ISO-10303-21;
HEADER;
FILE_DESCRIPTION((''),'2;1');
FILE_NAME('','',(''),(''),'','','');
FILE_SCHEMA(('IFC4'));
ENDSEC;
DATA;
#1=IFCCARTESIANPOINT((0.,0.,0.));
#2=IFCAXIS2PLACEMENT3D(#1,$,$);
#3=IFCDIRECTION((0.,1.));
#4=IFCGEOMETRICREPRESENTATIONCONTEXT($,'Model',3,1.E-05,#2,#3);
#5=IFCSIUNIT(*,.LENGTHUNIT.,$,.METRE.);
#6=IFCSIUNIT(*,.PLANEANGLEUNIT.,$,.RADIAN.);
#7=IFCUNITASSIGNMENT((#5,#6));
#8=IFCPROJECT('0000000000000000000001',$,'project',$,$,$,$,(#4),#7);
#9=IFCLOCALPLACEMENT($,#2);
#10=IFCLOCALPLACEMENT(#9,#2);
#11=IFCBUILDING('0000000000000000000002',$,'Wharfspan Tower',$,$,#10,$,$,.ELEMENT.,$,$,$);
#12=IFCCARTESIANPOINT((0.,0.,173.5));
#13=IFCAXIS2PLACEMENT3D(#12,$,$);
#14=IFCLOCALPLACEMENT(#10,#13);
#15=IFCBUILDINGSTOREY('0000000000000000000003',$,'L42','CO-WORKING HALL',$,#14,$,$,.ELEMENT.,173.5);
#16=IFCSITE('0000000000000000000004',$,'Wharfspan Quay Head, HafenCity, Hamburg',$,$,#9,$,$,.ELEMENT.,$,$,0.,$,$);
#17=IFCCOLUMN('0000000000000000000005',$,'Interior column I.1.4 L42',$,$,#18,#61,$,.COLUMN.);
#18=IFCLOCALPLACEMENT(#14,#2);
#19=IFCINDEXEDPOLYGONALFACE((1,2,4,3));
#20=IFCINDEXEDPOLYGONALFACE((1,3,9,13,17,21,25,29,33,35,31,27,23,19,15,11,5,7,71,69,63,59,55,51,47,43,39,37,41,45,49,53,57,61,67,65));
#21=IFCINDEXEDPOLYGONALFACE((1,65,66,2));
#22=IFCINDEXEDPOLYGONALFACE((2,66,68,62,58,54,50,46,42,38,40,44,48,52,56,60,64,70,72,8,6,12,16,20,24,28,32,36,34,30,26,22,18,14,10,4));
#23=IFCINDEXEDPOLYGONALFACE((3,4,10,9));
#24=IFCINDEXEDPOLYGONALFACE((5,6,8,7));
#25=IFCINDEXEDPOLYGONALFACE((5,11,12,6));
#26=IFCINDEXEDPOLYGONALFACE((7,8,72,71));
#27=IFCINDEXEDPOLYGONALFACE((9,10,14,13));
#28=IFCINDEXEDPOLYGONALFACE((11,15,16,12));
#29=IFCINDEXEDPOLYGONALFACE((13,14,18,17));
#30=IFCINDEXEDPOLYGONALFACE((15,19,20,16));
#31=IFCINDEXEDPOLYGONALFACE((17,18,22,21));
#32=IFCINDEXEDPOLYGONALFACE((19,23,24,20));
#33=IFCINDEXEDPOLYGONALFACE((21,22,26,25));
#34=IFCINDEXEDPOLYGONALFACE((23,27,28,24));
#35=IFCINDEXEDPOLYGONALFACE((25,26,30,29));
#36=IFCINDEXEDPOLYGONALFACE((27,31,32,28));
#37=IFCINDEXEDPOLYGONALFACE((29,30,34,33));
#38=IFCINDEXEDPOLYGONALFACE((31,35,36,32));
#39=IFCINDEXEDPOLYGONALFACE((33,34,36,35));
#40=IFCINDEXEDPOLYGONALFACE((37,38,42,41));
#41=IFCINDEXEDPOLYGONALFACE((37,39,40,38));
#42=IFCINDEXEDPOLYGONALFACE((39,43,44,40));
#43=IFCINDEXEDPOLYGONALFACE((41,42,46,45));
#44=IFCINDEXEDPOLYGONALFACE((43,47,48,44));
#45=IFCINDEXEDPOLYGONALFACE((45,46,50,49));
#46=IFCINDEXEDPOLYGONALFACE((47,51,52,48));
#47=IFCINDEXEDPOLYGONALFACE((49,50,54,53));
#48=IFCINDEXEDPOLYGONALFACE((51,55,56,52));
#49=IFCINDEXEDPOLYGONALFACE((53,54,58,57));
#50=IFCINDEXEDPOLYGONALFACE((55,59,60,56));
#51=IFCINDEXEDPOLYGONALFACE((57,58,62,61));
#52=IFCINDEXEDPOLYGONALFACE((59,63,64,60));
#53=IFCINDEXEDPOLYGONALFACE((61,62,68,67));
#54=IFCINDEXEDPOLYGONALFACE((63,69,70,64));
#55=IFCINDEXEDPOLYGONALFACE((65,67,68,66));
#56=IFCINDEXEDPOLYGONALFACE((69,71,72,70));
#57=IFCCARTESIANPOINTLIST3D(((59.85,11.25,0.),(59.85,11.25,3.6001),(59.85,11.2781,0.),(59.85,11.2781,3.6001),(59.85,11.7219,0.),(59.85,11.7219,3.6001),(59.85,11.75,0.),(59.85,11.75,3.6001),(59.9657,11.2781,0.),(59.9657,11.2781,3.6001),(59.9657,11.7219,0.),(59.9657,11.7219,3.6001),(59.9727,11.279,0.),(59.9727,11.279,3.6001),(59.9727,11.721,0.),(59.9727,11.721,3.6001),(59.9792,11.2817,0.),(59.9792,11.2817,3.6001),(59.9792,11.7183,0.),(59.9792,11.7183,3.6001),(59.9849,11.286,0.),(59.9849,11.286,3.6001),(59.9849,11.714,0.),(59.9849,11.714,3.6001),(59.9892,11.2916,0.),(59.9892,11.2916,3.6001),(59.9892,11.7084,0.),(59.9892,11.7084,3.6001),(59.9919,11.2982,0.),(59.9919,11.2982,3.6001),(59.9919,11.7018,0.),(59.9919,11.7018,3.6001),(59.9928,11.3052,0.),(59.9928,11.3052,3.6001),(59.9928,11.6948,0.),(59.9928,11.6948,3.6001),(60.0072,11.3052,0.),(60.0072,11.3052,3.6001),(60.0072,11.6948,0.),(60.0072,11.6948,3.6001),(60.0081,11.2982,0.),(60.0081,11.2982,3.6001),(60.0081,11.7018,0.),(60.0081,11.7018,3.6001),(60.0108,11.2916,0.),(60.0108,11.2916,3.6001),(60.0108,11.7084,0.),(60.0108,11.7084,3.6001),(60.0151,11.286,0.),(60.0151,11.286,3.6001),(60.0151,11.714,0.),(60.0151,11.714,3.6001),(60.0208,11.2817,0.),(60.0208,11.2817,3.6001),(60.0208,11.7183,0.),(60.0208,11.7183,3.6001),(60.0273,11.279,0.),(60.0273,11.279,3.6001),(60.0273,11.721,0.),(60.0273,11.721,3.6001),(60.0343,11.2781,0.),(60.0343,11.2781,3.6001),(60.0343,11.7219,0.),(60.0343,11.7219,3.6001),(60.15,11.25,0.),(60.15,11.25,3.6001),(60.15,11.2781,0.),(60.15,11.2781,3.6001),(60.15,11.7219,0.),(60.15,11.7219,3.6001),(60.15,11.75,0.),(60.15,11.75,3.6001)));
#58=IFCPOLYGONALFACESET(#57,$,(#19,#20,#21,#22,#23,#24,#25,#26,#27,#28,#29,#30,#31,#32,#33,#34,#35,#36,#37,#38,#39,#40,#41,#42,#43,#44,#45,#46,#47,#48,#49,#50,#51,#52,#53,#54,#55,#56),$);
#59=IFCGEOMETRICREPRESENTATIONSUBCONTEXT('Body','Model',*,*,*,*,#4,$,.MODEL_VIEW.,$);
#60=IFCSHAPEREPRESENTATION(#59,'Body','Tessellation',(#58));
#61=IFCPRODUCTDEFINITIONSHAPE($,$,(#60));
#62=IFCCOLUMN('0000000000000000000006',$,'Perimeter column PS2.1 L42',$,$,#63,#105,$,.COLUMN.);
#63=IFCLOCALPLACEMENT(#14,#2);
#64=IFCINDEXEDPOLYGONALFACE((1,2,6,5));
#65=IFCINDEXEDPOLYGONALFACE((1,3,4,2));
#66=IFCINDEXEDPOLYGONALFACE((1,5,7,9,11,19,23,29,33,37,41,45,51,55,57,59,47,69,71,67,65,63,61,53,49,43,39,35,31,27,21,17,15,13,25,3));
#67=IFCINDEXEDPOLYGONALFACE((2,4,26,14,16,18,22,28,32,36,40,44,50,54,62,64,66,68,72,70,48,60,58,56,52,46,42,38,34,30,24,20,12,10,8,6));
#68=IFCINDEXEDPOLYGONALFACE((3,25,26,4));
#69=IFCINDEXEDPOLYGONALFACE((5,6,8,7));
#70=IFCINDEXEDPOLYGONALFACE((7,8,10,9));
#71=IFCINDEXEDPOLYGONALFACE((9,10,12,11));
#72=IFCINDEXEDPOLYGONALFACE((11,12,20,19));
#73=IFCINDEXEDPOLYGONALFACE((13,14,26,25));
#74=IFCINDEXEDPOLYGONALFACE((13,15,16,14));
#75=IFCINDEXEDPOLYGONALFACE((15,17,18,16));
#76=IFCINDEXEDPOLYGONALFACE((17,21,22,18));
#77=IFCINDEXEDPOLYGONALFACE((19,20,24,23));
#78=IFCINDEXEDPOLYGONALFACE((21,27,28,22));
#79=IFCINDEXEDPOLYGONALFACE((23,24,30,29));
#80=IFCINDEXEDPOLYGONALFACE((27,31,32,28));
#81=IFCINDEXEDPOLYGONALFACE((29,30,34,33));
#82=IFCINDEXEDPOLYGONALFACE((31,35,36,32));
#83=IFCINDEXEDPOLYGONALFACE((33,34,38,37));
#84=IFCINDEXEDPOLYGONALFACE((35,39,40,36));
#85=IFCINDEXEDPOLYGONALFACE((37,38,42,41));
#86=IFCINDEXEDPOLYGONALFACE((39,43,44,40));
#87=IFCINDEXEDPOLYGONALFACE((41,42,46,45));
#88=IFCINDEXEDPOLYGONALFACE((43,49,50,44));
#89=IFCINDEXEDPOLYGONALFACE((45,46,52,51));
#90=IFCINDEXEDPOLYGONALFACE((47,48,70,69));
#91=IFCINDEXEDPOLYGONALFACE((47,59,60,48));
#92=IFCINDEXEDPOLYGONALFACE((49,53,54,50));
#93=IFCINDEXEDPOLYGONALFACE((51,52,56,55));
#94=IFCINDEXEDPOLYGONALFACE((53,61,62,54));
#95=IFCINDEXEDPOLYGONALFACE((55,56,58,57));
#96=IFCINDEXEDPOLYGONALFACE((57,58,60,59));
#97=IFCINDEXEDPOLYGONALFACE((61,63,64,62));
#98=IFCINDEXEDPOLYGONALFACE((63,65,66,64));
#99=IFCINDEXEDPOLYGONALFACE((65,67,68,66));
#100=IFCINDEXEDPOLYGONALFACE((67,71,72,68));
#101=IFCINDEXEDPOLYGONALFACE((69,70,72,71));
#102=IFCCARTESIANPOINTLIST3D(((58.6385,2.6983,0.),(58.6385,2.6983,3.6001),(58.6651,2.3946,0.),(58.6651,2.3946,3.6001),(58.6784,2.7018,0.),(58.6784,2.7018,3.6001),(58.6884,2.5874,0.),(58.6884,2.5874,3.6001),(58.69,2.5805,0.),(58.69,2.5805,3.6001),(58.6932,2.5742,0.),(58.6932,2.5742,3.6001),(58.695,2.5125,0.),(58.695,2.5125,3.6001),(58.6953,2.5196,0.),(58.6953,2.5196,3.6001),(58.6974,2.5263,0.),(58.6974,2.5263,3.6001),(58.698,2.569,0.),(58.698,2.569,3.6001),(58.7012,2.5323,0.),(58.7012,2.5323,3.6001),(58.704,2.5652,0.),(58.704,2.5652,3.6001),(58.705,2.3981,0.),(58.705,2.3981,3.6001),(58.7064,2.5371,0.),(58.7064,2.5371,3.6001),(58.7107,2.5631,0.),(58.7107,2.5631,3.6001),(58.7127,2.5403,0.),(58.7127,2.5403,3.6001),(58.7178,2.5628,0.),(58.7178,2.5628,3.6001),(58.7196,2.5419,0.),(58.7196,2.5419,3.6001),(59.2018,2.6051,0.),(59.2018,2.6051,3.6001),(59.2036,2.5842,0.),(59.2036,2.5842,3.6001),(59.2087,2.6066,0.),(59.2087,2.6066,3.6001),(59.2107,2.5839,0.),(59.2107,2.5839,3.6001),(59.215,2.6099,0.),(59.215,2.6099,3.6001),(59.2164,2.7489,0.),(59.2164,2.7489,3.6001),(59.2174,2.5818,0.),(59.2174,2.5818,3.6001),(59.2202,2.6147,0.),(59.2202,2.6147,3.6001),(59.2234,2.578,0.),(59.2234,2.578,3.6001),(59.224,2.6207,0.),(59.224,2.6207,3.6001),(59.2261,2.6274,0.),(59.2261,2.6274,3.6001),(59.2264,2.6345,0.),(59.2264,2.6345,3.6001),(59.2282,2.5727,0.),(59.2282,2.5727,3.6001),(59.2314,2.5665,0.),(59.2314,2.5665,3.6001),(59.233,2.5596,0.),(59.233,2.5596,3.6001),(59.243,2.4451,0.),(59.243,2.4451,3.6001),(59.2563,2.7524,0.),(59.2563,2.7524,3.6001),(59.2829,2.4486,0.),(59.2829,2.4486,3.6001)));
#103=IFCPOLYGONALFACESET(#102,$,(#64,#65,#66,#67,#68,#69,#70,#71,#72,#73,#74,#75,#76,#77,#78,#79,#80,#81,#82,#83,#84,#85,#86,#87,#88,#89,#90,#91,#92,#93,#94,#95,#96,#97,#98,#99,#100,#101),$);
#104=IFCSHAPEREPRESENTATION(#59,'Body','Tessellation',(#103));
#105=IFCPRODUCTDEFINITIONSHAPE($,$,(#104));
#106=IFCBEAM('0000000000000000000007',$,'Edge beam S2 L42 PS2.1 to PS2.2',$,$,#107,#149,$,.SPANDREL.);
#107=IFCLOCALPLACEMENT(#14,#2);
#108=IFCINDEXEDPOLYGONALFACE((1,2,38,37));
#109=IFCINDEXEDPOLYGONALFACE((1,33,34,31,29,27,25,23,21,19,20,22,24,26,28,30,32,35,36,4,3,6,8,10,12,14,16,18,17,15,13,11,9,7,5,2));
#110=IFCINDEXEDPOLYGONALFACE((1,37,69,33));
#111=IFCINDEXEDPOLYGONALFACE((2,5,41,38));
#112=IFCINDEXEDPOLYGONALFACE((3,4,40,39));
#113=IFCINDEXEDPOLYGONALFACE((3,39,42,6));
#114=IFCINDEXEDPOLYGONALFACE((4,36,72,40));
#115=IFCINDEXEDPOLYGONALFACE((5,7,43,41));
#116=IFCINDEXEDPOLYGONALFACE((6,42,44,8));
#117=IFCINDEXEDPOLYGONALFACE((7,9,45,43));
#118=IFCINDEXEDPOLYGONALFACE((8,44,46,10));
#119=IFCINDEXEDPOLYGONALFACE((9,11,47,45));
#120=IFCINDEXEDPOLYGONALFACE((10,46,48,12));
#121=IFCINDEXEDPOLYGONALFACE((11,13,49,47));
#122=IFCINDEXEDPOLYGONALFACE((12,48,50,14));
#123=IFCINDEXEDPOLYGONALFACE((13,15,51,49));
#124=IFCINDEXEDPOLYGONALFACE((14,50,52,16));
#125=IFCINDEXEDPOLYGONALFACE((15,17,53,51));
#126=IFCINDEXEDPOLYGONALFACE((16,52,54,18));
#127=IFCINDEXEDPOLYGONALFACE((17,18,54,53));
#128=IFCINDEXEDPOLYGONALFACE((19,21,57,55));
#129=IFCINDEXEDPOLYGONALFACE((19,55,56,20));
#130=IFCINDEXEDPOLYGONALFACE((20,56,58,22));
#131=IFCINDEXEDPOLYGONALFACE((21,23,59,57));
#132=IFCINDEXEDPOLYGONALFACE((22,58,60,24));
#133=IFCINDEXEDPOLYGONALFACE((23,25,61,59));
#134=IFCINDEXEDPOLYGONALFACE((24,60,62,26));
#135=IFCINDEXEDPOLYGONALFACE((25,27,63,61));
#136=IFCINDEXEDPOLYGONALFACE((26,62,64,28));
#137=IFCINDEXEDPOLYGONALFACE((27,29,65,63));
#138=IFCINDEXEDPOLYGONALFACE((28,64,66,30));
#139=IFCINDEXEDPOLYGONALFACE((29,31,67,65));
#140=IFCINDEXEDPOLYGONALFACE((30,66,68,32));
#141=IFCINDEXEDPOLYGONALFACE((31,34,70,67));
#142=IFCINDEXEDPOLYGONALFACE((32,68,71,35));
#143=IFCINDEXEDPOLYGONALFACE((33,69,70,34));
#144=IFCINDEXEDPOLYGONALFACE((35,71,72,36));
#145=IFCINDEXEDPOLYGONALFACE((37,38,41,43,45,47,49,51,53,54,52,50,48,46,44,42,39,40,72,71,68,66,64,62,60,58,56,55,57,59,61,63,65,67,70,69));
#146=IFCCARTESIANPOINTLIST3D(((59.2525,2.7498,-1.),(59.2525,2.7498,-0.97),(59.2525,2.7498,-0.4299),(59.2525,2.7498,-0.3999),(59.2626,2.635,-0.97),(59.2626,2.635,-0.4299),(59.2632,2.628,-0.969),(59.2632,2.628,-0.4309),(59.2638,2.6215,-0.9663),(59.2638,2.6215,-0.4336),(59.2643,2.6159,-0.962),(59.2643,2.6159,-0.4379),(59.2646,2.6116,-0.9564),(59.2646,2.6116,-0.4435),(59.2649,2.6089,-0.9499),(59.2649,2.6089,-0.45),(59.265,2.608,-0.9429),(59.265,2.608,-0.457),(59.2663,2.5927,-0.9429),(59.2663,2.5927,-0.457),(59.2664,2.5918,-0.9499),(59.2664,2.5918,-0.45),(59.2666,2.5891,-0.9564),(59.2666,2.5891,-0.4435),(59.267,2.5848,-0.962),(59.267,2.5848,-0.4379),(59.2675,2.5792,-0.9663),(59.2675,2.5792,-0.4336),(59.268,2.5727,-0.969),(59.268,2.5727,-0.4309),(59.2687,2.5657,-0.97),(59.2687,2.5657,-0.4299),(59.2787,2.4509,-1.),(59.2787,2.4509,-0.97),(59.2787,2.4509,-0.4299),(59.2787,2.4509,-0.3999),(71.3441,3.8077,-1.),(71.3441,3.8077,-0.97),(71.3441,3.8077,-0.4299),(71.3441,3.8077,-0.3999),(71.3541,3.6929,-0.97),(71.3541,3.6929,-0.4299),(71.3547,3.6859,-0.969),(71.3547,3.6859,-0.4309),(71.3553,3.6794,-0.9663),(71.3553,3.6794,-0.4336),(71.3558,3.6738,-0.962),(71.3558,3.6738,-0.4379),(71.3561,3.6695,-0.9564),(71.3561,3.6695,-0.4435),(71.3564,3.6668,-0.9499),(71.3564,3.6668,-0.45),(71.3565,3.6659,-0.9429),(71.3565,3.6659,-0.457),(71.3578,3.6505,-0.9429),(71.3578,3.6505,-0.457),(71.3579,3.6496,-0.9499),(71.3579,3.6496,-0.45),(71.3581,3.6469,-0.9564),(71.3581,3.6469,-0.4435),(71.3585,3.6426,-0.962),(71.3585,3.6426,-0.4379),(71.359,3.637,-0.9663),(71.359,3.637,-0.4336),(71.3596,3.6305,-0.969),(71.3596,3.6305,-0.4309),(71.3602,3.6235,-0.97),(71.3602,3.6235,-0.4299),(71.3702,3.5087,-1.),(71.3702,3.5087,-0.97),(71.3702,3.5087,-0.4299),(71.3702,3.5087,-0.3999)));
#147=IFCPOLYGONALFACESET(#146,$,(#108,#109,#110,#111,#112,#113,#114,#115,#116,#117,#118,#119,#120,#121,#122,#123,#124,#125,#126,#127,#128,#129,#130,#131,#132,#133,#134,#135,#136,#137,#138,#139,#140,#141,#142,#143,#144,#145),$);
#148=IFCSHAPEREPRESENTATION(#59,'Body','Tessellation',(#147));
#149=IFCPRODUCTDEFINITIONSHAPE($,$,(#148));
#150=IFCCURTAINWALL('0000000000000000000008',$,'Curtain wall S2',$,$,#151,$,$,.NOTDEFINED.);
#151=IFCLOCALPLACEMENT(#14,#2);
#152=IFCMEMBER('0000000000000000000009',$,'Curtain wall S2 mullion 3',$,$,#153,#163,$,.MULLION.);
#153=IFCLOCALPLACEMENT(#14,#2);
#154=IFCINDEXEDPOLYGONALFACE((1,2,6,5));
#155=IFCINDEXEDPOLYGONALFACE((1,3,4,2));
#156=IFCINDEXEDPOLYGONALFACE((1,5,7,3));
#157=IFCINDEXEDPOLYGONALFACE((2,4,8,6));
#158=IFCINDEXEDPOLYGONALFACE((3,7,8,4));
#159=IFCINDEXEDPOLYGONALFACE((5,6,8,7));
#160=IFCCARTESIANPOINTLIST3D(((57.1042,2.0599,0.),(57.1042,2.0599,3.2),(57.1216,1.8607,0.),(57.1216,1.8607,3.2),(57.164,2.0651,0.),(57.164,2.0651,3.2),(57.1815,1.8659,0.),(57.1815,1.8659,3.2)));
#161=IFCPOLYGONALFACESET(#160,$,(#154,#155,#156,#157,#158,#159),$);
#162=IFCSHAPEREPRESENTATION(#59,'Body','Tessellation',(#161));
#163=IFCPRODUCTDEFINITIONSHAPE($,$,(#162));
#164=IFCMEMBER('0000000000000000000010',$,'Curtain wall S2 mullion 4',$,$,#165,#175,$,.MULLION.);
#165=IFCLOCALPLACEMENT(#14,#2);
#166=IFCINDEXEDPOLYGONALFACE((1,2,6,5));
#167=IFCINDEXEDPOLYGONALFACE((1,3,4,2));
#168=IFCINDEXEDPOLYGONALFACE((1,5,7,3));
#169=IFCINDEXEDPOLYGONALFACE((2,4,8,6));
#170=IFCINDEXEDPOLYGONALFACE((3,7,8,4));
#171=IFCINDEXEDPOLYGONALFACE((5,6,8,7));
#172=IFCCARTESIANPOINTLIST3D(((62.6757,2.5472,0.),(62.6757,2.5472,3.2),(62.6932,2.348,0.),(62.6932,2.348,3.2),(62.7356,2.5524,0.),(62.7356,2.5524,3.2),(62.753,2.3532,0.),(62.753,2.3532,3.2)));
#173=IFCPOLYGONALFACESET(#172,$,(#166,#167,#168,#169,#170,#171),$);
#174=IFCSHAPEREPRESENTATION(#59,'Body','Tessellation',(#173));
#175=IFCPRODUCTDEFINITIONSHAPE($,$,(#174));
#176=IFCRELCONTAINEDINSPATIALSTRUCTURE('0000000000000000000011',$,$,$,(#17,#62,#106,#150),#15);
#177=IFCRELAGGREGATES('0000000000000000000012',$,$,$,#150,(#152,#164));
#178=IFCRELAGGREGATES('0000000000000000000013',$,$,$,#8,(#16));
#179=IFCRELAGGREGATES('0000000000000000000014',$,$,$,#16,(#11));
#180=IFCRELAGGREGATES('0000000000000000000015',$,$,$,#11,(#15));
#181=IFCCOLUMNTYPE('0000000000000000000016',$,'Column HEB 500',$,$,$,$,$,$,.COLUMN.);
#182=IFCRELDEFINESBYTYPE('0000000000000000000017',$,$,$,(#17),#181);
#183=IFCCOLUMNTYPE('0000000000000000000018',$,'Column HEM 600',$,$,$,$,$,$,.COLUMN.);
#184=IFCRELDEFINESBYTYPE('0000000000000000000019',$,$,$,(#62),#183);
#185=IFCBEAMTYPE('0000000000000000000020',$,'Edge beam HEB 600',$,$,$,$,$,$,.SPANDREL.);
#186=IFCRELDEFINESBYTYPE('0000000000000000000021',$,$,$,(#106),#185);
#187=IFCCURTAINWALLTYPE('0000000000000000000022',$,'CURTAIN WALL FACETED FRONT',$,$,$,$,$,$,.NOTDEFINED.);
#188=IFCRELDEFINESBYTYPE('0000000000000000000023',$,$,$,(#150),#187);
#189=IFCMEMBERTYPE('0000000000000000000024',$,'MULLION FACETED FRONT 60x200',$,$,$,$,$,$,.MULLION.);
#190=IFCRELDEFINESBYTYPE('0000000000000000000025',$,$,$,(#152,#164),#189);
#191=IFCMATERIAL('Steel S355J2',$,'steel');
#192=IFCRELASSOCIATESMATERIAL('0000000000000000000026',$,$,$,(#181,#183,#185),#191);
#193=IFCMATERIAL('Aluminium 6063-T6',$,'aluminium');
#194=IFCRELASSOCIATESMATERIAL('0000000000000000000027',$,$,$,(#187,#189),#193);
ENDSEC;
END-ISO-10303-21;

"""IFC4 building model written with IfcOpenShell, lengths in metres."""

from ifc_helpers import new_model, si_unit, direction, frame, origin, origin_2d, place, context, subcontext, project, spatial, rectangle, i_section, extrude, material, material_profile, profile_set, type_object, element, aggregate, save


model = new_model("IFC4")

# Units and contexts
model_context = context("Model", 3, precision=1e-05, world=origin(), true_north=direction((0.0, 1.0)))
body_context = subcontext(model_context, "Body", "Model", "MODEL_VIEW")
ifc_project = project(units=[si_unit("LENGTHUNIT", "METRE"), si_unit("PLANEANGLEUNIT", "RADIAN")], contexts=[model_context])

# Site, building, storey
site_placement = place(None, origin())
site = spatial("IfcSite", under=ifc_project, at=site_placement, Name="Wharfspan Quay Head, HafenCity, Hamburg", CompositionType="ELEMENT", RefElevation=0.0)
building_placement = place(site_placement, origin())
building = spatial("IfcBuilding", under=site, at=building_placement, Name="Wharfspan Tower", CompositionType="ELEMENT")
storey_placement = place(building_placement, frame((0.0, 0.0, 173.5)))
storey = spatial("IfcBuildingStorey", under=building, at=storey_placement, Name="L42", Description="CO-WORKING HALL", CompositionType="ELEMENT", Elevation=173.5)

# Columns
ifc_material_1 = material(Name="Steel S355J2", Category="steel")
ifc_material_profile_1 = material_profile(ifc_material_1, i_section(OverallWidth=0.3, OverallDepth=0.5, WebThickness=0.0144, FlangeThickness=0.0281, FilletRadius=0.0271, at=origin_2d()))
ifc_profile_set_1 = profile_set([ifc_material_profile_1], Name="Steel S355J2")
column_type_1 = type_object("IfcColumnType", Name="Column HEB 500", PredefinedType="COLUMN", material=ifc_profile_set_1)
column_1_placement = place(storey_placement, frame((60.0, 11.5, 0.0), z_axis=(0.0, 0.0, 1.0), x_axis=(1.0, 0.0, 0.0)))
element("IfcColumn", 1, at=column_1_placement, inside=storey, type_object=column_type_1, Name="Interior column I.1.4 L42", PredefinedType="COLUMN", context=body_context, shape_type="SweptSolid", body=[
    extrude(i_section(OverallWidth=0.3, OverallDepth=0.5, WebThickness=0.0144, FlangeThickness=0.0281, FilletRadius=0.0271, at=origin_2d()), origin(), (0.0, 0.0, 1.0), 3.6001),
])
ifc_material_profile_2 = material_profile(ifc_material_1, i_section(OverallWidth=0.3049, OverallDepth=0.6201, WebThickness=0.021, FlangeThickness=0.04, FilletRadius=0.0271, at=origin_2d()))
ifc_profile_set_2 = profile_set([ifc_material_profile_2], Name="Steel S355J2")
column_type_2 = type_object("IfcColumnType", Name="Column HEM 600", PredefinedType="COLUMN", material=ifc_profile_set_2)
column_2_placement = place(storey_placement, frame((58.9607, 2.5735, 0.0), z_axis=(0.0, 0.0, 1.0), x_axis=(0.087156, -0.996198, 0.0)))
element("IfcColumn", 2, at=column_2_placement, inside=storey, type_object=column_type_2, Name="Perimeter column PS2.1 L42", PredefinedType="COLUMN", context=body_context, shape_type="SweptSolid", body=[
    extrude(i_section(OverallWidth=0.3049, OverallDepth=0.6201, WebThickness=0.021, FlangeThickness=0.04, FilletRadius=0.0271, at=origin_2d()), origin(), (0.0, 0.0, 1.0), 3.6001),
])

# Beam
ifc_material_profile_3 = material_profile(ifc_material_1, i_section(OverallWidth=0.3, OverallDepth=0.6001, WebThickness=0.0154, FlangeThickness=0.03, FilletRadius=0.0271, at=origin_2d()))
ifc_profile_set_3 = profile_set([ifc_material_profile_3], Name="Steel S355J2")
beam_type = type_object("IfcBeamType", Name="Edge beam HEB 600", PredefinedType="SPANDREL", material=ifc_profile_set_3)
beam_placement = place(storey_placement, frame((59.2656, 2.6003, -0.7), z_axis=(0.996195, 0.087155, 0.0), x_axis=(-0.087155, 0.996195, 0.0)))
element("IfcBeam", 3, at=beam_placement, inside=storey, type_object=beam_type, Name="Edge beam S2 L42 PS2.1 to PS2.2", PredefinedType="SPANDREL", context=body_context, shape_type="SweptSolid", body=[
    extrude(i_section(OverallWidth=0.3, OverallDepth=0.6001, WebThickness=0.0154, FlangeThickness=0.03, FilletRadius=0.0271, at=origin_2d()), origin(), (0.0, 0.0, 1.0), 12.1377),
])

# Curtain wall, members
ifc_material_2 = material(Name="Aluminium 6063-T6", Category="aluminium")
curtain_wall_type = type_object("IfcCurtainWallType", Name="CURTAIN WALL FACETED FRONT", PredefinedType="NOTDEFINED", material=ifc_material_2)
curtain_wall_placement = place(storey_placement, origin())
curtain_wall = element("IfcCurtainWall", 4, at=curtain_wall_placement, inside=storey, type_object=curtain_wall_type, Name="Curtain wall S2", PredefinedType="NOTDEFINED")
ifc_material_profile_4 = material_profile(ifc_material_2, rectangle(XDim=0.2, YDim=0.0601, at=origin_2d()))
ifc_profile_set_4 = profile_set([ifc_material_profile_4], Name="Aluminium 6063-T6")
member_type_1 = type_object("IfcMemberType", Name="MULLION FACETED FRONT 60x200", PredefinedType="MULLION", material=ifc_profile_set_4)
member_1_placement = place(storey_placement, frame((57.1428, 1.9629, 0.0), z_axis=(0.0, 0.0, 1.0), x_axis=(-0.087156, 0.996198, 0.0)))
member_1 = element("IfcMember", 5, at=member_1_placement, type_object=member_type_1, Name="Curtain wall S2 mullion 3", PredefinedType="MULLION", context=body_context, shape_type="SweptSolid", body=[
    extrude(rectangle(XDim=0.2, YDim=0.0601, at=origin_2d()), origin(), (0.0, 0.0, 1.0), 3.2),
])
member_2_placement = place(storey_placement, frame((62.7144, 2.4502, 0.0), z_axis=(0.0, 0.0, 1.0), x_axis=(-0.087156, 0.996198, 0.0)))
member_2 = element("IfcMember", 6, at=member_2_placement, type_object=member_type_1, Name="Curtain wall S2 mullion 4", PredefinedType="MULLION", context=body_context, shape_type="SweptSolid", body=[
    extrude(rectangle(XDim=0.2, YDim=0.0601, at=origin_2d()), origin(), (0.0, 0.0, 1.0), 3.2),
])

aggregate(curtain_wall, [member_1, member_2])

save(model, "model.ifc")
